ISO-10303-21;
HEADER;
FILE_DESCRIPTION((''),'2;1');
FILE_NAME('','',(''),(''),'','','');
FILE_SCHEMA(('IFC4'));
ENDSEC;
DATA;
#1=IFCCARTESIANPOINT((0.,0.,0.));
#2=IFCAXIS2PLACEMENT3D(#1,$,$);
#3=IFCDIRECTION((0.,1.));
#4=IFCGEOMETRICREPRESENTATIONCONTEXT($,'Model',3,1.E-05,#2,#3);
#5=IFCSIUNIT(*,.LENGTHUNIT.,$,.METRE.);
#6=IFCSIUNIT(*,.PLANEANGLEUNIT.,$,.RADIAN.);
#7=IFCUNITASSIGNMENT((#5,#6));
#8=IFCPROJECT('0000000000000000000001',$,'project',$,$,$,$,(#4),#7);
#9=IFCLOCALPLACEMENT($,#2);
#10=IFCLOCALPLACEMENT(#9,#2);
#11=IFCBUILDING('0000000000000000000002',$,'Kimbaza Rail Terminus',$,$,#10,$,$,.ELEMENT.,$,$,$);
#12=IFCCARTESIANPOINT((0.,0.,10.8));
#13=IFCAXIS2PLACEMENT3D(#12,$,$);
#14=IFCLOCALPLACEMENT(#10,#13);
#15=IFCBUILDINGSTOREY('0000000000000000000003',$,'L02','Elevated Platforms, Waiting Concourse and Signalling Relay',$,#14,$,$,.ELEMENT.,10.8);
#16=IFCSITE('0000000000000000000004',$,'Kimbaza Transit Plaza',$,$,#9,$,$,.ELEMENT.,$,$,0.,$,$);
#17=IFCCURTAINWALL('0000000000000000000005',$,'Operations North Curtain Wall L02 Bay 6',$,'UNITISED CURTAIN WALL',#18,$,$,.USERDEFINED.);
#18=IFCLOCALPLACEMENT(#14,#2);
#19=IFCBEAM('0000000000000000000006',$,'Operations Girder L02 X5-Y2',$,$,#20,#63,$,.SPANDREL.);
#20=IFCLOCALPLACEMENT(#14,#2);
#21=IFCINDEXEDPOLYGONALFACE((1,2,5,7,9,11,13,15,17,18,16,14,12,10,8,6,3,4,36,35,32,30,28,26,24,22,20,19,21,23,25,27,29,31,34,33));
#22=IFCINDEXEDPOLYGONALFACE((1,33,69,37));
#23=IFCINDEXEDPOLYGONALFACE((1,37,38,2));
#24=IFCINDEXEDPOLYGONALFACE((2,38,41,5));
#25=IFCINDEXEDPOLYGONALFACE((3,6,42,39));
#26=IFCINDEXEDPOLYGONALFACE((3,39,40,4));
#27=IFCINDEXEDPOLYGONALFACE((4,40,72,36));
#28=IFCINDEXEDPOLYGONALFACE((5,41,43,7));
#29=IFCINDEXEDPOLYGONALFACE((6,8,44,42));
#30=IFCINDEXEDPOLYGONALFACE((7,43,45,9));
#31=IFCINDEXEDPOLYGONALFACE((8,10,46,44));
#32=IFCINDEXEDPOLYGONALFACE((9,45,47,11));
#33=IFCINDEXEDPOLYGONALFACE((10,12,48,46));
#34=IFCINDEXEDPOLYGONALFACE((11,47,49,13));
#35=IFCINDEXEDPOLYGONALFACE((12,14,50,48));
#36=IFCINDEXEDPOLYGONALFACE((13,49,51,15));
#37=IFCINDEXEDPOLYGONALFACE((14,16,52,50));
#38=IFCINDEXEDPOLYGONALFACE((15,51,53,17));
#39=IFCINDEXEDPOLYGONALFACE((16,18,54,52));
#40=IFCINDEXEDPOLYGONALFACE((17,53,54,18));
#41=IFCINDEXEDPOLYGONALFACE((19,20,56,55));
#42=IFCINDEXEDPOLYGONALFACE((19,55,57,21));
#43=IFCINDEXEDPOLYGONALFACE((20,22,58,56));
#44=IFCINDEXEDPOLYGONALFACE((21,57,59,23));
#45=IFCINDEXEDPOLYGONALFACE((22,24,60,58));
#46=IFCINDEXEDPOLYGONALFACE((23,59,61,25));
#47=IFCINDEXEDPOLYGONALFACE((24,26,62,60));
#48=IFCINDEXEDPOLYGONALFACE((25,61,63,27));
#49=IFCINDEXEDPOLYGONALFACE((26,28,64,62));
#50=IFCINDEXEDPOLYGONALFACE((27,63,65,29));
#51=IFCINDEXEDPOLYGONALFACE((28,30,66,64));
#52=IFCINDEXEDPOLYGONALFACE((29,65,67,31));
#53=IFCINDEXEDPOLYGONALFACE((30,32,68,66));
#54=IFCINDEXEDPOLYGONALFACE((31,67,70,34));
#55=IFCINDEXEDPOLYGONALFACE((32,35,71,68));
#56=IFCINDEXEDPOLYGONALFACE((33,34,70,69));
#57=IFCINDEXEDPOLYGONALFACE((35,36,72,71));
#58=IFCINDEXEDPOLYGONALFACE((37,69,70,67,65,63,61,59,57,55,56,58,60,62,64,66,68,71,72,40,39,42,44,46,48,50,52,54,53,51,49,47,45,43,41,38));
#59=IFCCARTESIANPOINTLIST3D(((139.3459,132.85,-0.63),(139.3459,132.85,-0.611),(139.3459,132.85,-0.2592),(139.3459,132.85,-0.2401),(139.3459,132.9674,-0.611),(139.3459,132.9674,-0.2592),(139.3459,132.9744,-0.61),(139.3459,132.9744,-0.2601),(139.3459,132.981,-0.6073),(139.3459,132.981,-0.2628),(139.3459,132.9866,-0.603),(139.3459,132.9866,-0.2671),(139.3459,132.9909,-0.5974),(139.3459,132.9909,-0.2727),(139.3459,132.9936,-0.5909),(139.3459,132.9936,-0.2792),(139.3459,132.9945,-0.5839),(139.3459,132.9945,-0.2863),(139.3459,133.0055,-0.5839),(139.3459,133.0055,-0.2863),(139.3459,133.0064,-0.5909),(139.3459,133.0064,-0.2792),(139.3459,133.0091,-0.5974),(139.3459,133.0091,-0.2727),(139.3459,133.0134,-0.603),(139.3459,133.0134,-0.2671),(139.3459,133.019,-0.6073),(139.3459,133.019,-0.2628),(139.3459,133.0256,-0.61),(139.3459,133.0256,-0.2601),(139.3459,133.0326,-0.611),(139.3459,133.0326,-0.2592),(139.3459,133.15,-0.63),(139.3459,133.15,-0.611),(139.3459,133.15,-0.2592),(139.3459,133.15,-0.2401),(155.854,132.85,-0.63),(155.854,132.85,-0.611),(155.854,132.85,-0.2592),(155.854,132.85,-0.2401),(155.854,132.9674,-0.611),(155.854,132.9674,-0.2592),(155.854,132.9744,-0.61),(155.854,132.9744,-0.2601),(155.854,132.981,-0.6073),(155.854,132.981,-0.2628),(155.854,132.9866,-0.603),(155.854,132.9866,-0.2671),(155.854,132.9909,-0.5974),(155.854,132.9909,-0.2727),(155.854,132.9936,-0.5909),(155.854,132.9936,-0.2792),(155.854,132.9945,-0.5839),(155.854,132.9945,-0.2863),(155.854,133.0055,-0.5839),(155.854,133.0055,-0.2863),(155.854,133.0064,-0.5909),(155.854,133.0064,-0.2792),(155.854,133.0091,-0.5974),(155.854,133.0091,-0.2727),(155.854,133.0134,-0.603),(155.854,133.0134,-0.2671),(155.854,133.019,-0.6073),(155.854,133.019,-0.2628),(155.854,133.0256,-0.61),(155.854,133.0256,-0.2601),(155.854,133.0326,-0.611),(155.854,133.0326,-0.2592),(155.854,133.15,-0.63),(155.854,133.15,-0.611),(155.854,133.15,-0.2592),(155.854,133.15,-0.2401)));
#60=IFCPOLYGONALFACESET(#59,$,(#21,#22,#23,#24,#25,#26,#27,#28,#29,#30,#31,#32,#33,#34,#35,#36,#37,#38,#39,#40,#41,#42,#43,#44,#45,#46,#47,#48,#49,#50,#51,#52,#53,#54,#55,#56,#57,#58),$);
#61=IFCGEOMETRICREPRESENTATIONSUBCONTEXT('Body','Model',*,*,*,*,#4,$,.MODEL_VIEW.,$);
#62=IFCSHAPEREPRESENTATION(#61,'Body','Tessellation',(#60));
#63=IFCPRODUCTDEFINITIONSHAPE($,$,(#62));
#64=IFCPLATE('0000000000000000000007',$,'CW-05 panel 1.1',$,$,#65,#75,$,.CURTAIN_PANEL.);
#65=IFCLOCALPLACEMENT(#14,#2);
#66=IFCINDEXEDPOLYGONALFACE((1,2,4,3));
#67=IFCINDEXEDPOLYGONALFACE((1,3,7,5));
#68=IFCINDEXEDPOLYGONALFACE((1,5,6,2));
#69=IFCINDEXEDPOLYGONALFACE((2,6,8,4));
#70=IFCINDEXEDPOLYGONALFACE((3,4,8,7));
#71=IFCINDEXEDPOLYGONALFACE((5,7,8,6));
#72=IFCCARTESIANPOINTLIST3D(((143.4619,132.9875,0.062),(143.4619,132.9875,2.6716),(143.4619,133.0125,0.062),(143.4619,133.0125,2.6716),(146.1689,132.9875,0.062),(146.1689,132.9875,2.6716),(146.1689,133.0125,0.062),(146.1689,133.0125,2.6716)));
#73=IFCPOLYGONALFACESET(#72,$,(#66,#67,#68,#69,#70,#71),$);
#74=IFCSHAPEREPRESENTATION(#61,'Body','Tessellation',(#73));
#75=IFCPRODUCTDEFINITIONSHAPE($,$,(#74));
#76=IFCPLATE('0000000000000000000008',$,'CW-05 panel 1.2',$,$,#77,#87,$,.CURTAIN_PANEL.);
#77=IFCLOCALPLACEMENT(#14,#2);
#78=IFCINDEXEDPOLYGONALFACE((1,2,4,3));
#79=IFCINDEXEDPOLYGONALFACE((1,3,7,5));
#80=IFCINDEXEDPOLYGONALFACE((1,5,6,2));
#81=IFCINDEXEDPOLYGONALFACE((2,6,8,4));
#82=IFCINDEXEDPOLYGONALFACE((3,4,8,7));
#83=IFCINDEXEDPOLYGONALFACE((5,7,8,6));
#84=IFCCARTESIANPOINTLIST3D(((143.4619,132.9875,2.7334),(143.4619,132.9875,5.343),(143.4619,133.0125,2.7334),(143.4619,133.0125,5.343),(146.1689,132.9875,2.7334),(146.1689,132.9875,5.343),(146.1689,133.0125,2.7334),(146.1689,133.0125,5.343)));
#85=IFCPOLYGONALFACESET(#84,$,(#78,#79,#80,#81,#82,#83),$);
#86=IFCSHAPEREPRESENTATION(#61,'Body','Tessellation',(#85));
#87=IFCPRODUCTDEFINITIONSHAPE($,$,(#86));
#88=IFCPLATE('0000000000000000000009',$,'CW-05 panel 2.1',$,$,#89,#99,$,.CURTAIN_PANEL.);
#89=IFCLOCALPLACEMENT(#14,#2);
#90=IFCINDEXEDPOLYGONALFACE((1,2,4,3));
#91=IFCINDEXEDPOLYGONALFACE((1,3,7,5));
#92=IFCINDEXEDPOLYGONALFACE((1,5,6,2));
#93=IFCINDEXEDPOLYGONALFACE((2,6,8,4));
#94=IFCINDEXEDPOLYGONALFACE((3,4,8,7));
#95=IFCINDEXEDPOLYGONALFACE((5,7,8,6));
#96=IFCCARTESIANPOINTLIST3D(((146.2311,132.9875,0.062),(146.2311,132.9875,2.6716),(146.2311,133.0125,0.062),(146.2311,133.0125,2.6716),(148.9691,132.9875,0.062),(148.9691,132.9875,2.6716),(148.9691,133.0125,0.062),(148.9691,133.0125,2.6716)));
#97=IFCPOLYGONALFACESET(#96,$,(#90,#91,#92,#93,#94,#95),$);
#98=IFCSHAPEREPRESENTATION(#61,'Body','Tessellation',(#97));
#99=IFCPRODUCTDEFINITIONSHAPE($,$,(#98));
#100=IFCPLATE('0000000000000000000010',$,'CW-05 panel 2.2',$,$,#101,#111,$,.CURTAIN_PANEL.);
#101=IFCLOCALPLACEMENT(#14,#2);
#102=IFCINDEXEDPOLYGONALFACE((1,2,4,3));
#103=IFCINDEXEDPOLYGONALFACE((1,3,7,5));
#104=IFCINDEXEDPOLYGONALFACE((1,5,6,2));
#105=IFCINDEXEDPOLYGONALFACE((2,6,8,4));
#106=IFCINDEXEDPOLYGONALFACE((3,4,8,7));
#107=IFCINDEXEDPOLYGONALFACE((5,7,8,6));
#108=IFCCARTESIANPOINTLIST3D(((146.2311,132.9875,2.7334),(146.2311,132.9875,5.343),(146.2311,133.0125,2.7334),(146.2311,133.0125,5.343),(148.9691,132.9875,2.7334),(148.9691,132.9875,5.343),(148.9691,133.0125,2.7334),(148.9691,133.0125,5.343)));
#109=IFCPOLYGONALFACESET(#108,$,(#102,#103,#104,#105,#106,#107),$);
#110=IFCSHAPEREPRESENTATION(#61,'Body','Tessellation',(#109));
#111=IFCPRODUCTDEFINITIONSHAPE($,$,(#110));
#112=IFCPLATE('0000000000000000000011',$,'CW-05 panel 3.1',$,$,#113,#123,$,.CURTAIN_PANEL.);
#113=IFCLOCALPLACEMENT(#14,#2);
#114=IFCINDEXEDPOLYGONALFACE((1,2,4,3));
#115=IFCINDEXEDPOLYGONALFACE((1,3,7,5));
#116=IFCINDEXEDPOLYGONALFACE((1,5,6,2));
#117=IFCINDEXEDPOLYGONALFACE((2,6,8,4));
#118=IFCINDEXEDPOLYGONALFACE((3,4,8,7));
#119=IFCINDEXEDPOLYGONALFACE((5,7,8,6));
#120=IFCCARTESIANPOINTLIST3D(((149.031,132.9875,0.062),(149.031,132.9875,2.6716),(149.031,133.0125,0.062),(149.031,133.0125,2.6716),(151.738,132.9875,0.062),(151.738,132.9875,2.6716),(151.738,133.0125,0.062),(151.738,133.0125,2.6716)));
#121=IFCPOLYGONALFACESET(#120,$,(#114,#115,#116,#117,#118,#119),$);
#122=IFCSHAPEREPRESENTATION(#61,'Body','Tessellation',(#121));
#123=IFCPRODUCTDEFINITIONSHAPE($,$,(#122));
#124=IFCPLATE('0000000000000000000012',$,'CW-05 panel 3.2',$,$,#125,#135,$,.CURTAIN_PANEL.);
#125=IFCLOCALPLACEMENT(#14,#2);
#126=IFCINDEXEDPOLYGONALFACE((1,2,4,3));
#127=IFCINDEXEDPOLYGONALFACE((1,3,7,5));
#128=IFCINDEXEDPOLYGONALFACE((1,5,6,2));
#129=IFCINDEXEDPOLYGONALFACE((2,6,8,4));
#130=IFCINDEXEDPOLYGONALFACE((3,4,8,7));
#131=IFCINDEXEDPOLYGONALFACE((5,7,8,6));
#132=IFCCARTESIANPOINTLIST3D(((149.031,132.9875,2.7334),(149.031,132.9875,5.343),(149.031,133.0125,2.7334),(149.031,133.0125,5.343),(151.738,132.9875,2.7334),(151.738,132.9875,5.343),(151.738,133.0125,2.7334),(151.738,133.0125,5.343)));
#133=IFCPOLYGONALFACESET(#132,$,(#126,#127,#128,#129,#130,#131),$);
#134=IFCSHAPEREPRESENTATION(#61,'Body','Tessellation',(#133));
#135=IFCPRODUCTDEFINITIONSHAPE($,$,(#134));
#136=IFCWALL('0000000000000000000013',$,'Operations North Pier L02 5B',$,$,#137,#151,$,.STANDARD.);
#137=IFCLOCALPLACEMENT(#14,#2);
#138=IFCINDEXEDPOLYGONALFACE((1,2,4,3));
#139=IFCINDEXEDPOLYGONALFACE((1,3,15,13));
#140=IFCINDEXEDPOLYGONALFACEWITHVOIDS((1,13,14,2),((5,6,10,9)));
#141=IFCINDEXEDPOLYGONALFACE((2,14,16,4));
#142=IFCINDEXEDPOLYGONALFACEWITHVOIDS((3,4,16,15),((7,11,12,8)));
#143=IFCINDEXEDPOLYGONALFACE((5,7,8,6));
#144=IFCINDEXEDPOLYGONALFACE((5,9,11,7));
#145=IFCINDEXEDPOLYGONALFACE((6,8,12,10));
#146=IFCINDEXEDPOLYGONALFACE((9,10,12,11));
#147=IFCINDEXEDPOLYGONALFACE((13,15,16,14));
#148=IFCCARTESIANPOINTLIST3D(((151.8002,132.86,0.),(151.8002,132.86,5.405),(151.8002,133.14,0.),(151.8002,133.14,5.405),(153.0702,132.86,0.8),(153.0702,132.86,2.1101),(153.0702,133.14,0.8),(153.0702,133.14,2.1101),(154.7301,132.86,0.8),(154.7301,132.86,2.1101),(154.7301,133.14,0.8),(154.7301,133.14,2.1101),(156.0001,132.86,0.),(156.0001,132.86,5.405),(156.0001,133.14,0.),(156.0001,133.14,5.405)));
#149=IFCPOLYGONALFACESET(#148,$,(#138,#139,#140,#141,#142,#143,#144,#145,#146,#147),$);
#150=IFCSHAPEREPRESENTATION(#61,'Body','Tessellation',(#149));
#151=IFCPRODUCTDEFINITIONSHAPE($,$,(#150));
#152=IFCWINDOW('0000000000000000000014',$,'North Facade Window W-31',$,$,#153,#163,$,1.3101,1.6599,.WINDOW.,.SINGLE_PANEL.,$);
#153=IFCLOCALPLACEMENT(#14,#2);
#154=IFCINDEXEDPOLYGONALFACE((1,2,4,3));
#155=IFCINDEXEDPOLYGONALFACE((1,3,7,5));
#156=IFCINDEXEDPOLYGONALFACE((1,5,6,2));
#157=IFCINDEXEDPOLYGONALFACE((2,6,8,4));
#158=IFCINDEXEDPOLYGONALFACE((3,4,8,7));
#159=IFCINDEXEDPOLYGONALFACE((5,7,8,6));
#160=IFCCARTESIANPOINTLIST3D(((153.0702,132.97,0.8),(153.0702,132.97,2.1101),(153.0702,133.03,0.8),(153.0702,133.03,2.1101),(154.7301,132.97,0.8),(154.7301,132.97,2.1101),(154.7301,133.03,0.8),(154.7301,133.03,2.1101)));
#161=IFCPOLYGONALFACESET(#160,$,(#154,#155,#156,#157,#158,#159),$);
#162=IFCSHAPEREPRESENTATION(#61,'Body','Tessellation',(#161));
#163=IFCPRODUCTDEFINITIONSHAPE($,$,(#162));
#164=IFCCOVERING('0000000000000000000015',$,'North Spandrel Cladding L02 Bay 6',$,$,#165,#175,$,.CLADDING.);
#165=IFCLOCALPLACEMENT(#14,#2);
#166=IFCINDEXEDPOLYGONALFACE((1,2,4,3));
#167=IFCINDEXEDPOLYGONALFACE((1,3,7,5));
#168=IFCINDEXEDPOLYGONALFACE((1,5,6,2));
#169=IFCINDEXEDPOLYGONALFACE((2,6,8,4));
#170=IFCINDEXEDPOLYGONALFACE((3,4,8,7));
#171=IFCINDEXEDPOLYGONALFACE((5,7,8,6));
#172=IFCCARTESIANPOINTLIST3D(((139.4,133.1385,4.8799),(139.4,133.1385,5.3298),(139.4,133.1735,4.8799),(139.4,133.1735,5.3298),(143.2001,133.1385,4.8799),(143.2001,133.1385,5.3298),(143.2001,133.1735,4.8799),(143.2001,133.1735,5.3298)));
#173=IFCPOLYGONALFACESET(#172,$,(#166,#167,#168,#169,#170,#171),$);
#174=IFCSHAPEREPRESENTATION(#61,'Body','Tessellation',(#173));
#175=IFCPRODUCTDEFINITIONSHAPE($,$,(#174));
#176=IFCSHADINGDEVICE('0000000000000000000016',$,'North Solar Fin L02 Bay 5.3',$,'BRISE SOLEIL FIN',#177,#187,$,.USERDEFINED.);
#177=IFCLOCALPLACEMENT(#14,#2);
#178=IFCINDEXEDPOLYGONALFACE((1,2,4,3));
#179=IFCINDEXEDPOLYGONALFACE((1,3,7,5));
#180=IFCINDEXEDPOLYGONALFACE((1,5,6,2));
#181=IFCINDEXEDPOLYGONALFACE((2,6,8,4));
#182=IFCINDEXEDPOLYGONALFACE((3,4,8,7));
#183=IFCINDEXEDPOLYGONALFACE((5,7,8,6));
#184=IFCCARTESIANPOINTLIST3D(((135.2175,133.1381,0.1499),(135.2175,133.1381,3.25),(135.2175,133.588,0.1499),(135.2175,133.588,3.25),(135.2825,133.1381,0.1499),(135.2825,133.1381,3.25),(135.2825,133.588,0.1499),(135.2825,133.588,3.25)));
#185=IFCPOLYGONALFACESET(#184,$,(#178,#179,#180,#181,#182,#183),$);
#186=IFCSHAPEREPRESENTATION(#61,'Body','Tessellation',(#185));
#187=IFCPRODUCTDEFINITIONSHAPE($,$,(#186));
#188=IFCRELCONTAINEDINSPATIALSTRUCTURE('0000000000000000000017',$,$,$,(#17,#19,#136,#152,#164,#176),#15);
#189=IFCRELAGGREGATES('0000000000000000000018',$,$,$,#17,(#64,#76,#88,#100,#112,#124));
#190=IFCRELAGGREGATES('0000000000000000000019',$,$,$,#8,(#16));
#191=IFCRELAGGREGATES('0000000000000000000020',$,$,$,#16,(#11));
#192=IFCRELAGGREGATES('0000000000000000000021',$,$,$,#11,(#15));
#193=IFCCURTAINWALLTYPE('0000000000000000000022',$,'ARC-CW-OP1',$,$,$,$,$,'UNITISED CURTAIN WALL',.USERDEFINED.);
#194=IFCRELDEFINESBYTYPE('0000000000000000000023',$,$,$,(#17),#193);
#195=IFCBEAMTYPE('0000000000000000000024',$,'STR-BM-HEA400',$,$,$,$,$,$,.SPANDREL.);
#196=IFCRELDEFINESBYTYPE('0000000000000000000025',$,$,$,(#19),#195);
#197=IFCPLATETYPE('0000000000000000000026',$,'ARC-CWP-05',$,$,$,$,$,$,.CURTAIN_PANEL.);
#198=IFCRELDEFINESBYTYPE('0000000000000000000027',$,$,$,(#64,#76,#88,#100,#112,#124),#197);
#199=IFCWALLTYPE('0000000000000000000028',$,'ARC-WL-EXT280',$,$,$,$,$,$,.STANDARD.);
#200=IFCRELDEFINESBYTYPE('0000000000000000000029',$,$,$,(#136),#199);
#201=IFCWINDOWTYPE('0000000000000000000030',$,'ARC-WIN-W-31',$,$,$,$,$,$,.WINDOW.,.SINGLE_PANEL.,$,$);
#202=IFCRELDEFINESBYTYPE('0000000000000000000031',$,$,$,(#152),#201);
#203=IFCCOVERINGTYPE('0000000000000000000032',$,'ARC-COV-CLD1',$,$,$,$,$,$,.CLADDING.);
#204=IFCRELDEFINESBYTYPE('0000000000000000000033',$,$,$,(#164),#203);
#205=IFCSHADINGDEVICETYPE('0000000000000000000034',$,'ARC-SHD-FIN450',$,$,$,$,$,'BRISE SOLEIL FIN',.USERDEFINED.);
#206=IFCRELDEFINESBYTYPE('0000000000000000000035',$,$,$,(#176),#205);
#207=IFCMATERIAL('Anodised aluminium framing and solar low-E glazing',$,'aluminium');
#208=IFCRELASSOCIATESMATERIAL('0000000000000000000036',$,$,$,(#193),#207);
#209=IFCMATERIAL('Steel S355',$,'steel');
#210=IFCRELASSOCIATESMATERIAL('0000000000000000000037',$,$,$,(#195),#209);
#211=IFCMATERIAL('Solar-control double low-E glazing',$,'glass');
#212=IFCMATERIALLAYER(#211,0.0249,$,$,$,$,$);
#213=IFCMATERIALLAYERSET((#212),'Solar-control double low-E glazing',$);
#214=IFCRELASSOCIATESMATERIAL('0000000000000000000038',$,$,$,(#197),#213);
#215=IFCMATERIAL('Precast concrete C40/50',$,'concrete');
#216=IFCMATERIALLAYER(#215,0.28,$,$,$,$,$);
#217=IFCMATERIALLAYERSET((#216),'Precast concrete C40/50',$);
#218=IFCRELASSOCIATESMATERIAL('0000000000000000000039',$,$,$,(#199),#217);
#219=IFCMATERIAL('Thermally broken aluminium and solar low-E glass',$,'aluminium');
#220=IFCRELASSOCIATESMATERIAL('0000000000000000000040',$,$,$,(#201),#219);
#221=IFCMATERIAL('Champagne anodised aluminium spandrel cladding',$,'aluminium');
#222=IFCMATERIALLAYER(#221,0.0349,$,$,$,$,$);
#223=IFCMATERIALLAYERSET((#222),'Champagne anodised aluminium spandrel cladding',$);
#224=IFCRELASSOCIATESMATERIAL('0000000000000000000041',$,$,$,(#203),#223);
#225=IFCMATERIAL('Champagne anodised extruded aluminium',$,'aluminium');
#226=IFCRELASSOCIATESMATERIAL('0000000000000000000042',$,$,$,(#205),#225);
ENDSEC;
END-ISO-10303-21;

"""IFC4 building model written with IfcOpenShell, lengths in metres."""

from ifc_helpers import new_model, si_unit, direction, frame, frame_2d, origin, origin_2d, place, context, subcontext, project, spatial, rectangle, i_section, extrude, material, layer, layer_set, material_profile, profile_set, type_object, element, fill, aggregate, save


model = new_model("IFC4")

# Units and contexts
model_context = context("Model", 3, precision=1e-05, world=origin(), true_north=direction((0.0, 1.0)))
body_context = subcontext(model_context, "Body", "Model", "MODEL_VIEW")
ifc_project = project(units=[si_unit("LENGTHUNIT", "METRE"), si_unit("PLANEANGLEUNIT", "RADIAN")], contexts=[model_context])

# Site, building, storey
site_placement = place(None, origin())
site = spatial("IfcSite", under=ifc_project, at=site_placement, Name="Kimbaza Transit Plaza", CompositionType="ELEMENT", RefElevation=0.0)
building_placement = place(site_placement, origin())
building = spatial("IfcBuilding", under=site, at=building_placement, Name="Kimbaza Rail Terminus", CompositionType="ELEMENT")
storey_placement = place(building_placement, frame((0.0, 0.0, 10.8)))
storey = spatial("IfcBuildingStorey", under=building, at=storey_placement, Name="L02", Description="Elevated Platforms, Waiting Concourse and Signalling Relay", CompositionType="ELEMENT", Elevation=10.8)

# Curtain wall
ifc_material_1 = material(Name="Anodised aluminium framing and solar low-E glazing", Category="aluminium")
curtain_wall_type = type_object("IfcCurtainWallType", Name="ARC-CW-OP1", ElementType="UNITISED CURTAIN WALL", PredefinedType="USERDEFINED", material=ifc_material_1)
curtain_wall_placement = place(storey_placement, origin())
curtain_wall = element("IfcCurtainWall", 1, at=curtain_wall_placement, inside=storey, type_object=curtain_wall_type, Name="Operations North Curtain Wall L02 Bay 6", ObjectType="UNITISED CURTAIN WALL", PredefinedType="USERDEFINED")

# Beam
ifc_material_2 = material(Name="Steel S355", Category="steel")
ifc_material_profile_1 = material_profile(ifc_material_2, i_section(OverallWidth=0.3, OverallDepth=0.3899, WebThickness=0.011, FlangeThickness=0.019, FilletRadius=0.0271, at=origin_2d()), Name="HEA 400")
ifc_profile_set_1 = profile_set([ifc_material_profile_1], Name="Steel S355")
beam_type = type_object("IfcBeamType", Name="STR-BM-HEA400", PredefinedType="SPANDREL", material=ifc_profile_set_1)
beam_placement = place(storey_placement, frame((139.3459, 133.0, -0.4351), z_axis=(1.0, 0.0, 0.0), x_axis=(0.0, 1.0, 0.0)))
element("IfcBeam", 2, at=beam_placement, inside=storey, type_object=beam_type, Name="Operations Girder L02 X5-Y2", PredefinedType="SPANDREL", context=body_context, shape_type="SweptSolid", body=[
    extrude(i_section(OverallWidth=0.3, OverallDepth=0.3899, WebThickness=0.011, FlangeThickness=0.019, FilletRadius=0.0271, at=origin_2d()), origin(), (0.0, 0.0, 1.0), 16.5081),
])

# Plates
ifc_material_3 = material(Name="Solar-control double low-E glazing", Category="glass")
ifc_layer_1 = layer(ifc_material_3, 0.0249)
ifc_layer_set_1 = layer_set([ifc_layer_1], Name="Solar-control double low-E glazing")
plate_type = type_object("IfcPlateType", Name="ARC-CWP-05", PredefinedType="CURTAIN_PANEL", material=ifc_layer_set_1)
plate_1_placement = place(storey_placement, frame((144.8154, 133.0, 0.062), z_axis=(0.0, 0.0, 1.0), x_axis=(1.0, 0.0, 0.0)))
plate_1 = element("IfcPlate", 3, at=plate_1_placement, type_object=plate_type, Name="CW-05 panel 1.1", PredefinedType="CURTAIN_PANEL", context=body_context, shape_type="SweptSolid", body=[
    extrude(rectangle(XDim=2.707, YDim=0.0249, at=origin_2d()), origin(), (0.0, 0.0, 1.0), 2.6096),
])
plate_2_placement = place(storey_placement, frame((144.8154, 133.0, 2.7334), z_axis=(0.0, 0.0, 1.0), x_axis=(1.0, 0.0, 0.0)))
plate_2 = element("IfcPlate", 4, at=plate_2_placement, type_object=plate_type, Name="CW-05 panel 1.2", PredefinedType="CURTAIN_PANEL", context=body_context, shape_type="SweptSolid", body=[
    extrude(rectangle(XDim=2.707, YDim=0.0249, at=origin_2d()), origin(), (0.0, 0.0, 1.0), 2.6096),
])
plate_3_placement = place(storey_placement, frame((147.6001, 133.0, 0.062), z_axis=(0.0, 0.0, 1.0), x_axis=(1.0, 0.0, 0.0)))
plate_3 = element("IfcPlate", 5, at=plate_3_placement, type_object=plate_type, Name="CW-05 panel 2.1", PredefinedType="CURTAIN_PANEL", context=body_context, shape_type="SweptSolid", body=[
    extrude(rectangle(XDim=2.738, YDim=0.0249, at=origin_2d()), origin(), (0.0, 0.0, 1.0), 2.6096),
])
plate_4_placement = place(storey_placement, frame((147.6001, 133.0, 2.7334), z_axis=(0.0, 0.0, 1.0), x_axis=(1.0, 0.0, 0.0)))
plate_4 = element("IfcPlate", 6, at=plate_4_placement, type_object=plate_type, Name="CW-05 panel 2.2", PredefinedType="CURTAIN_PANEL", context=body_context, shape_type="SweptSolid", body=[
    extrude(rectangle(XDim=2.738, YDim=0.0249, at=origin_2d()), origin(), (0.0, 0.0, 1.0), 2.6096),
])
plate_5_placement = place(storey_placement, frame((150.3845, 133.0, 0.062), z_axis=(0.0, 0.0, 1.0), x_axis=(1.0, 0.0, 0.0)))
plate_5 = element("IfcPlate", 7, at=plate_5_placement, type_object=plate_type, Name="CW-05 panel 3.1", PredefinedType="CURTAIN_PANEL", context=body_context, shape_type="SweptSolid", body=[
    extrude(rectangle(XDim=2.707, YDim=0.0249, at=origin_2d()), origin(), (0.0, 0.0, 1.0), 2.6096),
])
plate_6_placement = place(storey_placement, frame((150.3845, 133.0, 2.7334), z_axis=(0.0, 0.0, 1.0), x_axis=(1.0, 0.0, 0.0)))
plate_6 = element("IfcPlate", 8, at=plate_6_placement, type_object=plate_type, Name="CW-05 panel 3.2", PredefinedType="CURTAIN_PANEL", context=body_context, shape_type="SweptSolid", body=[
    extrude(rectangle(XDim=2.707, YDim=0.0249, at=origin_2d()), origin(), (0.0, 0.0, 1.0), 2.6096),
])
aggregate(curtain_wall, [plate_1, plate_2, plate_3, plate_4, plate_5, plate_6])

# Wall, opening, window
ifc_material_4 = material(Name="Precast concrete C40/50", Category="concrete")
ifc_layer_2 = layer(ifc_material_4, 0.28)
ifc_layer_set_2 = layer_set([ifc_layer_2], Name="Precast concrete C40/50")
wall_type = type_object("IfcWallType", Name="ARC-WL-EXT280", PredefinedType="STANDARD", material=ifc_layer_set_2)
wall_placement = place(storey_placement, frame((151.8, 133.0, 0.0), z_axis=(0.0, 0.0, 1.0), x_axis=(1.0, 0.0, 0.0)))
wall = element("IfcWall", 9, at=wall_placement, inside=storey, type_object=wall_type, Name="Operations North Pier L02 5B", PredefinedType="STANDARD", context=body_context, shape_type="SweptSolid", body=[
    extrude(rectangle(XDim=4.2, YDim=0.28, at=frame_2d((2.1001, 0.0))), origin(), (0.0, 0.0, 1.0), 5.405),
])
opening_placement = place(wall_placement, frame((1.27, 0.0, 0.8)))
opening = element("IfcOpeningElement", 10, at=opening_placement, cuts=wall, PredefinedType="OPENING", context=body_context, shape_type="SweptSolid", body=[
    extrude(rectangle(XDim=1.6599, YDim=1.3101, at=frame_2d((0.8301, 0.655))), frame((0.0, 0.1499, 0.0), z_axis=(0.0, -1.0, 0.0), x_axis=(1.0, 0.0, 0.0)), (0.0, 0.0, 1.0), 0.3),
])
ifc_material_5 = material(Name="Thermally broken aluminium and solar low-E glass", Category="aluminium")
window_type = type_object("IfcWindowType", Name="ARC-WIN-W-31", PartitioningType="SINGLE_PANEL", PredefinedType="WINDOW", material=ifc_material_5)
window_placement = place(opening_placement, origin())
window = element("IfcWindow", 11, at=window_placement, inside=storey, type_object=window_type, Name="North Facade Window W-31", OverallHeight=1.3101, OverallWidth=1.6599, PartitioningType="SINGLE_PANEL", PredefinedType="WINDOW", context=body_context, shape_type="SweptSolid", body=[
    extrude(rectangle(XDim=1.6599, YDim=1.3101, at=frame_2d((0.8301, 0.655))), frame((0.0, 0.03, 0.0), z_axis=(0.0, -1.0, 0.0), x_axis=(1.0, 0.0, 0.0)), (0.0, 0.0, 1.0), 0.0601),
])
fill(opening, window)

# Covering
ifc_material_6 = material(Name="Champagne anodised aluminium spandrel cladding", Category="aluminium")
ifc_layer_3 = layer(ifc_material_6, 0.0349)
ifc_layer_set_3 = layer_set([ifc_layer_3], Name="Champagne anodised aluminium spandrel cladding")
covering_type = type_object("IfcCoveringType", Name="ARC-COV-CLD1", PredefinedType="CLADDING", material=ifc_layer_set_3)
covering_placement = place(storey_placement, frame((141.3, 133.156, 4.8799), z_axis=(0.0, 0.0, 1.0), x_axis=(1.0, 0.0, 0.0)))
element("IfcCovering", 12, at=covering_placement, inside=storey, type_object=covering_type, Name="North Spandrel Cladding L02 Bay 6", PredefinedType="CLADDING", context=body_context, shape_type="SweptSolid", body=[
    extrude(rectangle(XDim=3.8, YDim=0.0349, at=origin_2d()), origin(), (0.0, 0.0, 1.0), 0.45),
])

# Shading device
ifc_material_7 = material(Name="Champagne anodised extruded aluminium", Category="aluminium")
shading_device_type = type_object("IfcShadingDeviceType", Name="ARC-SHD-FIN450", ElementType="BRISE SOLEIL FIN", PredefinedType="USERDEFINED", material=ifc_material_7)
for number, where, z_axis, x_axis, name in (
    (13, (135.25, 133.363, 0.1499), (0.0, 0.0, 1.0), (1.0, 0.0, 0.0), "North Solar Fin L02 Bay 5.3"),
):
    element("IfcShadingDevice", number, at=place(storey_placement, frame(where, z_axis=z_axis, x_axis=x_axis)), inside=storey, type_object=shading_device_type, Name=name, ObjectType="BRISE SOLEIL FIN", PredefinedType="USERDEFINED", context=body_context, shape_type="SweptSolid", body=[
        extrude(rectangle(XDim=0.0649, YDim=0.45, at=origin_2d()), origin(), (0.0, 0.0, 1.0), 3.1001),
    ])

save(model, "model.ifc")
